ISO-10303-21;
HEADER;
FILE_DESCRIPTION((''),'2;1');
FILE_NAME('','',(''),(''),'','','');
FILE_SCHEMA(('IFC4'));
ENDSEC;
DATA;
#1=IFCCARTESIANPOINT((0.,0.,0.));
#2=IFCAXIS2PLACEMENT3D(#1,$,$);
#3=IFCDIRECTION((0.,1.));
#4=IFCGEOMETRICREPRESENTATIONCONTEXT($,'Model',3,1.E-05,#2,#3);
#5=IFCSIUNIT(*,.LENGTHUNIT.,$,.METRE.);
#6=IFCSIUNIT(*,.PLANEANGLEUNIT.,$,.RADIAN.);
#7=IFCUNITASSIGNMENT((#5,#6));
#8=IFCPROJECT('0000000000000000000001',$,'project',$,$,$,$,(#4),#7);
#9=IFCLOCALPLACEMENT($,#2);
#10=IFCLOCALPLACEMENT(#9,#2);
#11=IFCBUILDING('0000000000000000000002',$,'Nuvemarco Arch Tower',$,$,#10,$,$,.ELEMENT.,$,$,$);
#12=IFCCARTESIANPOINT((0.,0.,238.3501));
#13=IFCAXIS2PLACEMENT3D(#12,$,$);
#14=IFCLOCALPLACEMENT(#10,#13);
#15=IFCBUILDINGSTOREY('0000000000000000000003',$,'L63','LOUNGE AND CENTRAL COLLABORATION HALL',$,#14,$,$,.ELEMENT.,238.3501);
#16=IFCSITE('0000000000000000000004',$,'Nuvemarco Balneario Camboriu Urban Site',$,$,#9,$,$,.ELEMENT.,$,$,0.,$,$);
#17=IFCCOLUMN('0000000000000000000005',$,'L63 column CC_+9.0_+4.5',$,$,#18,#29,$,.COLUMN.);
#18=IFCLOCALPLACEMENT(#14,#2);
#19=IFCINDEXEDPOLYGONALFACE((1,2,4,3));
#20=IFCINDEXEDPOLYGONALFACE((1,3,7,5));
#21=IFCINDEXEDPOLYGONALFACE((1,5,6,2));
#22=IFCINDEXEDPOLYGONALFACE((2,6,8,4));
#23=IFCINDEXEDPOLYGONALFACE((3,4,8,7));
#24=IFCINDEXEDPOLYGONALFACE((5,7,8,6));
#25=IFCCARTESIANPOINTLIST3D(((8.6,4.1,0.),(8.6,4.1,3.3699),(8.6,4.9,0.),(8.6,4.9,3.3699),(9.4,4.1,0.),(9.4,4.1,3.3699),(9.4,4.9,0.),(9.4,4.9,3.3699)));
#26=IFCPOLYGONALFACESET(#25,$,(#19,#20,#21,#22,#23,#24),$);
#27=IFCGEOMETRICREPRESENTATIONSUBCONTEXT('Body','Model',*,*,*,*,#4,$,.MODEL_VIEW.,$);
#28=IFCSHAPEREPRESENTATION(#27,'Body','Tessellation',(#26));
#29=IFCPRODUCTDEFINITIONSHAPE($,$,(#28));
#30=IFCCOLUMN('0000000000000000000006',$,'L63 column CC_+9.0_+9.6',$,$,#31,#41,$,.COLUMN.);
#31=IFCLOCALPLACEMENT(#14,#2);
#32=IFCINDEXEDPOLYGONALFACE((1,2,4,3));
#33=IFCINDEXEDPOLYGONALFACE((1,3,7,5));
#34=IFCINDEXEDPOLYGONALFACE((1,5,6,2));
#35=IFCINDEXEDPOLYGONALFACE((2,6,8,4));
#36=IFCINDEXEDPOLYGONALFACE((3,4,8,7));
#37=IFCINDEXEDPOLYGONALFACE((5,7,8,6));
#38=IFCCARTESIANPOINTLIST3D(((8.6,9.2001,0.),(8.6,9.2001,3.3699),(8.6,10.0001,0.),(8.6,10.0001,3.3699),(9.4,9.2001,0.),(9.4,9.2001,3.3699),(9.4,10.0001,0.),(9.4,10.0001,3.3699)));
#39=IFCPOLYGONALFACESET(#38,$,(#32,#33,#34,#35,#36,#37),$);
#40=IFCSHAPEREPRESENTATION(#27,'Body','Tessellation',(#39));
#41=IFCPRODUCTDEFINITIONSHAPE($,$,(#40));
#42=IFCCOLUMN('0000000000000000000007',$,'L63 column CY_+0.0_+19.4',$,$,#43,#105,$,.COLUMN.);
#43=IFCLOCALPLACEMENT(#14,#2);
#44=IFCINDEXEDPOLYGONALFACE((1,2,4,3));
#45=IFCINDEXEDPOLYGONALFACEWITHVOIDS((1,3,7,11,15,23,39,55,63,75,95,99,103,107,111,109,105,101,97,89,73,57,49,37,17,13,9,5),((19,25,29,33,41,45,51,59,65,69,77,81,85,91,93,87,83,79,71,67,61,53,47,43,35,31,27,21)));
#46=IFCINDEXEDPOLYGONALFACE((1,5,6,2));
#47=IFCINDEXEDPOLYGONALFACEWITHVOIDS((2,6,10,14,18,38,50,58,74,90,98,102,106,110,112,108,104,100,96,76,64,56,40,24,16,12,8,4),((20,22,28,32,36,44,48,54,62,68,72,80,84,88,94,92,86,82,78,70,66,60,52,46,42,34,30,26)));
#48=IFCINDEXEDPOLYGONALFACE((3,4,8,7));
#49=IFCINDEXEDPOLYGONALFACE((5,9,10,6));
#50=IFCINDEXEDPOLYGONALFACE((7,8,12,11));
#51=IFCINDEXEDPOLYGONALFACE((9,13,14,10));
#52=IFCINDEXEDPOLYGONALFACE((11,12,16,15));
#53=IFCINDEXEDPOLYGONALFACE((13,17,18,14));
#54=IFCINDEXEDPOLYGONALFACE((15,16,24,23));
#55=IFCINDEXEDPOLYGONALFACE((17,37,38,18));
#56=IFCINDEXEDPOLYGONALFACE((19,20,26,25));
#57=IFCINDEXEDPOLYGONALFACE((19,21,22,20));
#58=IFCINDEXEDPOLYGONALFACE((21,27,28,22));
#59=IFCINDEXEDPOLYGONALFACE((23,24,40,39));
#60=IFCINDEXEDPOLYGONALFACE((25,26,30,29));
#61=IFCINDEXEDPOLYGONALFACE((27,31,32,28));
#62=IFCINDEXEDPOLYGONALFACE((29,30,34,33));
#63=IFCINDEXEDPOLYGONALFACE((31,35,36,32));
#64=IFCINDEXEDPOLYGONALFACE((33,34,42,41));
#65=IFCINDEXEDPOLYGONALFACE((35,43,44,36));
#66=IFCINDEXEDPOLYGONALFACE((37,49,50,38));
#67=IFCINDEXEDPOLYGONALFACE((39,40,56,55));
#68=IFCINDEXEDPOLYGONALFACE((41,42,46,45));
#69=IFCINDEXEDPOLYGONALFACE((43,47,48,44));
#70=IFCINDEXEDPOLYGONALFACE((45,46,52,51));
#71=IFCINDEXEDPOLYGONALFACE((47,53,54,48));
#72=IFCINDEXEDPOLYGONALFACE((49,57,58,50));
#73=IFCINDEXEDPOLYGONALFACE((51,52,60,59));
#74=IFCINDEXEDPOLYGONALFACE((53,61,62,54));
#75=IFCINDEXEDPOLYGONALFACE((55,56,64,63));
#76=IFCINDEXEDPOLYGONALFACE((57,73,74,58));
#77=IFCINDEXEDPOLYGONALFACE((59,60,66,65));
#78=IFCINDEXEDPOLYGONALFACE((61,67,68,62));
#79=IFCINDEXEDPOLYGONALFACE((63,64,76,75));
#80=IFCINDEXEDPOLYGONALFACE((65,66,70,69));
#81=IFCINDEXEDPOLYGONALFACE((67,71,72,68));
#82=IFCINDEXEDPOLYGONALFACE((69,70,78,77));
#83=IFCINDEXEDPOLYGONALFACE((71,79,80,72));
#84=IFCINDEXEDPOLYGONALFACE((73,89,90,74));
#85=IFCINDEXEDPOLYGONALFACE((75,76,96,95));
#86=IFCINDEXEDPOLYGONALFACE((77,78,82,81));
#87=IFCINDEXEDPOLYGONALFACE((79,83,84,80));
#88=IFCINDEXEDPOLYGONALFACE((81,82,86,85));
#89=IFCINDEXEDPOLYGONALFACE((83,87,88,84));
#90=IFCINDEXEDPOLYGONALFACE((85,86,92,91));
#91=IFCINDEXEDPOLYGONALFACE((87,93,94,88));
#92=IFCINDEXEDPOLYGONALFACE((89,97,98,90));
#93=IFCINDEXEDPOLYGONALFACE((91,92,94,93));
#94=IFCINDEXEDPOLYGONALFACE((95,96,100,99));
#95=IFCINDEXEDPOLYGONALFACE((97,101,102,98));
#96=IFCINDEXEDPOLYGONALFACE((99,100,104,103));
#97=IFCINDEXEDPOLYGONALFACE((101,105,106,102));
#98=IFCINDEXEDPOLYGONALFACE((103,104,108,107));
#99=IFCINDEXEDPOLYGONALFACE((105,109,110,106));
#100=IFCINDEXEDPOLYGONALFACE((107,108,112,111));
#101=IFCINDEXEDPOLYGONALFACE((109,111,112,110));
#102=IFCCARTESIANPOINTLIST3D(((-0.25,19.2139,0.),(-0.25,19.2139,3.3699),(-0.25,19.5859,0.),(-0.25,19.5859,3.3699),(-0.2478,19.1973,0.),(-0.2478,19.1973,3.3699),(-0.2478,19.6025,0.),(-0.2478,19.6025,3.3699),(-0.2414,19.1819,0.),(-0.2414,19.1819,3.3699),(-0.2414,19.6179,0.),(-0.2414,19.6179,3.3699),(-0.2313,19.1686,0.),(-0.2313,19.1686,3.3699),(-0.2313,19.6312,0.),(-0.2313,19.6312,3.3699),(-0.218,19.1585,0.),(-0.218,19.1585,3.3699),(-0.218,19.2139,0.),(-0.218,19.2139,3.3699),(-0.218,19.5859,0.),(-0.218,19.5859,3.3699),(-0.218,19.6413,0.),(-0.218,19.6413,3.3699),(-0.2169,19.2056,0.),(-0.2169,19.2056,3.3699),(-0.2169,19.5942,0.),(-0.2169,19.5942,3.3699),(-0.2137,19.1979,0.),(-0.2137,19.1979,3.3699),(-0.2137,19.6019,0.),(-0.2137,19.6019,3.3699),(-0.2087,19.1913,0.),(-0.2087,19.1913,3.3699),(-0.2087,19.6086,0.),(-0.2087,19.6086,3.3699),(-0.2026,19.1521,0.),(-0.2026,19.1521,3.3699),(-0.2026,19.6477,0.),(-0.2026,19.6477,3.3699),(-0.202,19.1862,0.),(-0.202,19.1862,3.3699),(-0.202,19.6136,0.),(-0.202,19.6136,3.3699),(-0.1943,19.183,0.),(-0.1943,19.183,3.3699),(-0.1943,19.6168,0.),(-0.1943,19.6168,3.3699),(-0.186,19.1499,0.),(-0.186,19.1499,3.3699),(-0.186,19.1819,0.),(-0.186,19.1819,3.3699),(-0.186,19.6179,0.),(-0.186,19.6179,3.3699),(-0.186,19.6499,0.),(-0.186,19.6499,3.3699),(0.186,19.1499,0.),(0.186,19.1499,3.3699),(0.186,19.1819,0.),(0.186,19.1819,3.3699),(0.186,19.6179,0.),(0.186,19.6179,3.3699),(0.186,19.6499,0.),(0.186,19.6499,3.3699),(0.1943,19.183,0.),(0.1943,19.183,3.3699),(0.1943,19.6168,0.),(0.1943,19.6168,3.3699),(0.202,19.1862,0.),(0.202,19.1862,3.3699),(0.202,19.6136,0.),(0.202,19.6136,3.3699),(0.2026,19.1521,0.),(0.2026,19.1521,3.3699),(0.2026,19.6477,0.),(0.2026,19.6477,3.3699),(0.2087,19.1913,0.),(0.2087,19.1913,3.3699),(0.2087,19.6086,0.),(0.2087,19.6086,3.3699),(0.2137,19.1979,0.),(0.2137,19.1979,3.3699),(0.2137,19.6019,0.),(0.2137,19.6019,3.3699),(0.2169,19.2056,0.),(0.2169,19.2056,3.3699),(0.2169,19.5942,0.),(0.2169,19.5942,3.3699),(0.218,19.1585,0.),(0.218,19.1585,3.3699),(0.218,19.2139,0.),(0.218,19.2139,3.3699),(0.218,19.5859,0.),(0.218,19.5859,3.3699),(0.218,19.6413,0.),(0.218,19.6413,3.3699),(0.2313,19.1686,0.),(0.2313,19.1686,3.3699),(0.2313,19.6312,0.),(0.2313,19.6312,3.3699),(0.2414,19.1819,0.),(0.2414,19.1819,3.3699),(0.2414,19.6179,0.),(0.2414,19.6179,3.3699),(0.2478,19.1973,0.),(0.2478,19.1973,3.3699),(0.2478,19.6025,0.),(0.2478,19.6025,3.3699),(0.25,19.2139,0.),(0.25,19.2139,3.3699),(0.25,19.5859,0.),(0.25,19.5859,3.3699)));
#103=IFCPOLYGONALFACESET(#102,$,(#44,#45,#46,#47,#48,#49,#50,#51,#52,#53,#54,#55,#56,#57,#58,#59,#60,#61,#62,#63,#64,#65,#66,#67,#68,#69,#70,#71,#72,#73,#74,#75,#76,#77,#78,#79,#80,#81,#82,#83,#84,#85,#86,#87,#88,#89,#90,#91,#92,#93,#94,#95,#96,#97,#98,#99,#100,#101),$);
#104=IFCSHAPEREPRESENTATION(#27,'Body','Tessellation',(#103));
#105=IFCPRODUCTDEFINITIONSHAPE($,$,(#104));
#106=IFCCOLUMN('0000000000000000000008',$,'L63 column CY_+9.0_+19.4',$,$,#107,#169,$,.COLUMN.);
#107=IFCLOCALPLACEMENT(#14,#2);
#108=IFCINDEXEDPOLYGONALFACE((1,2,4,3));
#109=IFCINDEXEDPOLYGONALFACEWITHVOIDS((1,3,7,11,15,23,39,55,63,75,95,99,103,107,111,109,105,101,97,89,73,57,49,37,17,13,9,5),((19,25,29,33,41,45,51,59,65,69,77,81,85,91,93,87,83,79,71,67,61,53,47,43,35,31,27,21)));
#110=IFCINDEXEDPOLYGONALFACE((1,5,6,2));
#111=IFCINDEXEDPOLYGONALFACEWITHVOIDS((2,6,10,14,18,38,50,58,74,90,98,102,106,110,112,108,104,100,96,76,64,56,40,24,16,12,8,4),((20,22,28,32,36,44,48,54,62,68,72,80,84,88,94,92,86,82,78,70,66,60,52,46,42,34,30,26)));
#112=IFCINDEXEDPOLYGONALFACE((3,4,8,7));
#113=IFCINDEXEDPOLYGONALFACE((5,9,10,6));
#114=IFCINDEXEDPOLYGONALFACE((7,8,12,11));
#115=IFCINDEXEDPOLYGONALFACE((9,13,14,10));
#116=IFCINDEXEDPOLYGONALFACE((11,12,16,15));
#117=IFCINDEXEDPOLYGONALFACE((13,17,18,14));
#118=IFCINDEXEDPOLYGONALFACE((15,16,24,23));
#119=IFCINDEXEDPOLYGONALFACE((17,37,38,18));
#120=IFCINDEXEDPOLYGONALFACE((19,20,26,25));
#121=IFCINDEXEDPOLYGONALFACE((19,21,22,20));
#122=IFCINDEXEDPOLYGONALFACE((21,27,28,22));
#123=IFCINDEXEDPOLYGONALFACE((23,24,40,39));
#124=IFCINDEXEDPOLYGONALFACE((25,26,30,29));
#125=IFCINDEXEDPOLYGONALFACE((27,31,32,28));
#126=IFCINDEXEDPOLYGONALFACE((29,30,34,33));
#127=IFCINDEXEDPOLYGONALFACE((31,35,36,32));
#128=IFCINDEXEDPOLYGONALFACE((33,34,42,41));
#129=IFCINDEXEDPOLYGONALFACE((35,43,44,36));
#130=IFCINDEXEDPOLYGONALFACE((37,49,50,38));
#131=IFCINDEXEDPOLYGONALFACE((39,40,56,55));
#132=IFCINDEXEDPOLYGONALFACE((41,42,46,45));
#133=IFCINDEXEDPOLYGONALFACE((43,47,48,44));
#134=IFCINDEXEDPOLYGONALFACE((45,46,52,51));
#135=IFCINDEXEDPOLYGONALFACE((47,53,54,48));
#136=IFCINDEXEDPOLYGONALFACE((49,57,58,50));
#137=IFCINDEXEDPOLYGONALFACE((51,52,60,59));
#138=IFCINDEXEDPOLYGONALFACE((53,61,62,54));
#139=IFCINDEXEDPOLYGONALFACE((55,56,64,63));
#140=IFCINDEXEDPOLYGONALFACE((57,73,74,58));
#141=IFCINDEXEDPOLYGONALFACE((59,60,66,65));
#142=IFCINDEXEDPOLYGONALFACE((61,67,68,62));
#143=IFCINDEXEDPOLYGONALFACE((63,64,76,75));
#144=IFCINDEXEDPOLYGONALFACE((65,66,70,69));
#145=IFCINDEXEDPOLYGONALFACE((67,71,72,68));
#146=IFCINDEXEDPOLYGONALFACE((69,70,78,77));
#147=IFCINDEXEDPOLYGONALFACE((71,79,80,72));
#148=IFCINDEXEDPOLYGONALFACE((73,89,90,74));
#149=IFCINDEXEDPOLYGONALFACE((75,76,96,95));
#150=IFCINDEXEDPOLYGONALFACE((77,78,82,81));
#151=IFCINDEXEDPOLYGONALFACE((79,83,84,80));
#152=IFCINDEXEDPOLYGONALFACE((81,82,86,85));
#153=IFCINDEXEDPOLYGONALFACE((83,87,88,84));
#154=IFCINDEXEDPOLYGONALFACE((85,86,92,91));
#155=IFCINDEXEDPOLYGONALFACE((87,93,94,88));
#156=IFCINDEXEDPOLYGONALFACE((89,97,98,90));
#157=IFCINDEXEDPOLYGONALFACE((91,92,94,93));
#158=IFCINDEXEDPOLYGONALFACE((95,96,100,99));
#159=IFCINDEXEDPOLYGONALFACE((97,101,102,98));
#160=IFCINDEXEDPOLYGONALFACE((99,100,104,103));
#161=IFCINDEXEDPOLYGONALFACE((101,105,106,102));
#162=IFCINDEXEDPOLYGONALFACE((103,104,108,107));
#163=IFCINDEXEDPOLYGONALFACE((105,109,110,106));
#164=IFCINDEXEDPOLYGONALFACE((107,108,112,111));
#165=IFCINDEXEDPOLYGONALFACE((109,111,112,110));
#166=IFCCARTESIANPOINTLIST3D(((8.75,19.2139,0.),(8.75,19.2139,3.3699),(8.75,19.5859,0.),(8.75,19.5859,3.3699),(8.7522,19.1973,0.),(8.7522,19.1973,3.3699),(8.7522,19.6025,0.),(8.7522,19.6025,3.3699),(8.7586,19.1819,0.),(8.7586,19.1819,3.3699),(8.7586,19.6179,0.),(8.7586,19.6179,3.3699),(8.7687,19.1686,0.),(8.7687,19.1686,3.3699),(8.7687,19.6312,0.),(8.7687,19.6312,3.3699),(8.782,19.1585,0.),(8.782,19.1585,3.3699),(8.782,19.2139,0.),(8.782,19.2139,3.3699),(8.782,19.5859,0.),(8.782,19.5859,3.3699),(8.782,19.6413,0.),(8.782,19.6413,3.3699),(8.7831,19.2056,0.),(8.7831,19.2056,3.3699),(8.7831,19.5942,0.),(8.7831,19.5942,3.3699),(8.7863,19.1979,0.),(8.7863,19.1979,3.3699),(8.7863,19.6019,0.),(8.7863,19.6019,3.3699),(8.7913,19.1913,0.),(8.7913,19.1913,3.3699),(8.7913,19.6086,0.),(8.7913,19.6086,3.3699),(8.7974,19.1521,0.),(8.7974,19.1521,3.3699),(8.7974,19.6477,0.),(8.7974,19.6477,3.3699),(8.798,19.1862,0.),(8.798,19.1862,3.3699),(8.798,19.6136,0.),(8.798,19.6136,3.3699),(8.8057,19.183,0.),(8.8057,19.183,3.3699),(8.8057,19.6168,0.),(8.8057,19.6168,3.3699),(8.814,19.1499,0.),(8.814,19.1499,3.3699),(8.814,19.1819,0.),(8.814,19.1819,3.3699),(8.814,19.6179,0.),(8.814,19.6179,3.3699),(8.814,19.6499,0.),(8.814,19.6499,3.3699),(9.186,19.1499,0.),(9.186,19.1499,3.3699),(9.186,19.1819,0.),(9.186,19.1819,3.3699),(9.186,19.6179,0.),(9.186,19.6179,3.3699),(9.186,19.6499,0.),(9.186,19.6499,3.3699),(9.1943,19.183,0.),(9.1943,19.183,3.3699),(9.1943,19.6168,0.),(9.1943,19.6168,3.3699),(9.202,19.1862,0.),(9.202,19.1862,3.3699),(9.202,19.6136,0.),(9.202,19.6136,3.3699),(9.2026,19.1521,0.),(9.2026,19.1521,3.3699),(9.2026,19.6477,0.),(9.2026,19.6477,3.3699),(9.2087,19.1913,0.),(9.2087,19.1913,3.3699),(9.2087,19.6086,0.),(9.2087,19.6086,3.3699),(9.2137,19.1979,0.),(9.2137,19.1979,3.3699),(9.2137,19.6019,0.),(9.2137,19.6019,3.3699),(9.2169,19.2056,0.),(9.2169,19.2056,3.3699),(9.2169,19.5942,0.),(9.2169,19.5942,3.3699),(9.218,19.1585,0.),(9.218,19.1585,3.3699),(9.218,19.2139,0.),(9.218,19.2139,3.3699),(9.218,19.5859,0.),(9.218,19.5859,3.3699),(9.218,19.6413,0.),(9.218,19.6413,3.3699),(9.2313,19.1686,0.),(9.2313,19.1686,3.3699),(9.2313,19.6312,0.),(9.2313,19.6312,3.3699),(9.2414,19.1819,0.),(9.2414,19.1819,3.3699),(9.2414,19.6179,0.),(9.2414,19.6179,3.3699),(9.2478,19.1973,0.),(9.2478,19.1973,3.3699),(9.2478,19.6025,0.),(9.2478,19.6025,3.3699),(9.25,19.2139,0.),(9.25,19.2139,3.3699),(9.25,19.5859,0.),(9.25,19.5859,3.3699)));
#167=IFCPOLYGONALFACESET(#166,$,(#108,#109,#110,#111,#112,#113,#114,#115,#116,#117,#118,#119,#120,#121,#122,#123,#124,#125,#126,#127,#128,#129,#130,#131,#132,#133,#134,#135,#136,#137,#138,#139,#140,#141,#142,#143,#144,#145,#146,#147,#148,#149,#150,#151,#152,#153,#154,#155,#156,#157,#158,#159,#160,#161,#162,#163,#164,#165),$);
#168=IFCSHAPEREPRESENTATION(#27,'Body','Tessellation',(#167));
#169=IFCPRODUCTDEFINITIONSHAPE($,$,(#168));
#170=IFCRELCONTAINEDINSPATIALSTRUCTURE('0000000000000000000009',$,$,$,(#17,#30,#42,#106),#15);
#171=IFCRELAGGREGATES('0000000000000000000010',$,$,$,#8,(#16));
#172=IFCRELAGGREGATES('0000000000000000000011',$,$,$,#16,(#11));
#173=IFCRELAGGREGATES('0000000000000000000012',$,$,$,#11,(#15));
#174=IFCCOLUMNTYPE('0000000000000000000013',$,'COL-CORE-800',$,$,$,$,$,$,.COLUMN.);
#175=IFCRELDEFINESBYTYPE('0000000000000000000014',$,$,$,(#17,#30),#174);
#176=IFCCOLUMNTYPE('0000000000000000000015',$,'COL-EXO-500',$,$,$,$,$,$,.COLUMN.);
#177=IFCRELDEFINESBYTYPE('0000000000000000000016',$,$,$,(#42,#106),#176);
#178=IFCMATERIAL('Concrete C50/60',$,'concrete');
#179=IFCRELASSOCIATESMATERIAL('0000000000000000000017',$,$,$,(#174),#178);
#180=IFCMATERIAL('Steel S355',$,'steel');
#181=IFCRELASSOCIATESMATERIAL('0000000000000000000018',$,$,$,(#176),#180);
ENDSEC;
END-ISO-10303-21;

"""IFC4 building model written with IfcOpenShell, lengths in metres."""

from ifc_helpers import new_model, si_unit, direction, frame, origin, origin_2d, place, context, subcontext, project, spatial, rectangle, hollow_rectangle, extrude, material, material_profile, profile_set, type_object, element, save


model = new_model("IFC4")

# Units and contexts
model_context = context("Model", 3, precision=1e-05, world=origin(), true_north=direction((0.0, 1.0)))
body_context = subcontext(model_context, "Body", "Model", "MODEL_VIEW")
ifc_project = project(units=[si_unit("LENGTHUNIT", "METRE"), si_unit("PLANEANGLEUNIT", "RADIAN")], contexts=[model_context])

# Site, building, storey
site_placement = place(None, origin())
site = spatial("IfcSite", under=ifc_project, at=site_placement, Name="Nuvemarco Balneario Camboriu Urban Site", CompositionType="ELEMENT", RefElevation=0.0)
building_placement = place(site_placement, origin())
building = spatial("IfcBuilding", under=site, at=building_placement, Name="Nuvemarco Arch Tower", CompositionType="ELEMENT")
storey_placement = place(building_placement, frame((0.0, 0.0, 238.3501)))
storey = spatial("IfcBuildingStorey", under=building, at=storey_placement, Name="L63", Description="LOUNGE AND CENTRAL COLLABORATION HALL", CompositionType="ELEMENT", Elevation=238.3501)

# Columns
ifc_material_1 = material(Name="Concrete C50/60", Category="concrete")
ifc_material_profile_1 = material_profile(ifc_material_1, rectangle(XDim=0.8, YDim=0.8, at=origin_2d()), Name="RC-COL-800x800")
ifc_profile_set_1 = profile_set([ifc_material_profile_1], Name="Concrete C50/60")
column_type_1 = type_object("IfcColumnType", Name="COL-CORE-800", PredefinedType="COLUMN", material=ifc_profile_set_1)
for number, where, z_axis, x_axis, name in (
    (1, (9.0, 4.5, 0.0), (0.0, 0.0, 1.0), (1.0, 0.0, 0.0), "L63 column CC_+9.0_+4.5"),
    (2, (9.0, 9.6001, 0.0), (0.0, 0.0, 1.0), (1.0, 0.0, 0.0), "L63 column CC_+9.0_+9.6"),
):
    element("IfcColumn", number, at=place(storey_placement, frame(where, z_axis=z_axis, x_axis=x_axis)), inside=storey, type_object=column_type_1, Name=name, PredefinedType="COLUMN", context=body_context, shape_type="SweptSolid", body=[
        extrude(rectangle(XDim=0.8, YDim=0.8, at=origin_2d()), origin(), (0.0, 0.0, 1.0), 3.3699),
    ])
ifc_material_2 = material(Name="Steel S355", Category="steel")
ifc_material_profile_2 = material_profile(ifc_material_2, hollow_rectangle(XDim=0.5, YDim=0.5, WallThickness=0.032, InnerFilletRadius=0.032, OuterFilletRadius=0.064, at=origin_2d()), Name="SHS500x500x32")
ifc_profile_set_2 = profile_set([ifc_material_profile_2], Name="Steel S355")
column_type_2 = type_object("IfcColumnType", Name="COL-EXO-500", PredefinedType="COLUMN", material=ifc_profile_set_2)
for number, where, z_axis, x_axis, name in (
    (3, (0.0, 19.3999, 0.0), (0.0, 0.0, 1.0), (1.0, 0.0, 0.0), "L63 column CY_+0.0_+19.4"),
    (4, (9.0, 19.3999, 0.0), (0.0, 0.0, 1.0), (1.0, 0.0, 0.0), "L63 column CY_+9.0_+19.4"),
):
    element("IfcColumn", number, at=place(storey_placement, frame(where, z_axis=z_axis, x_axis=x_axis)), inside=storey, type_object=column_type_2, Name=name, PredefinedType="COLUMN", context=body_context, shape_type="SweptSolid", body=[
        extrude(hollow_rectangle(XDim=0.5, YDim=0.5, WallThickness=0.032, InnerFilletRadius=0.032, OuterFilletRadius=0.064, at=origin_2d()), origin(), (0.0, 0.0, 1.0), 3.3699),
    ])

save(model, "model.ifc")
